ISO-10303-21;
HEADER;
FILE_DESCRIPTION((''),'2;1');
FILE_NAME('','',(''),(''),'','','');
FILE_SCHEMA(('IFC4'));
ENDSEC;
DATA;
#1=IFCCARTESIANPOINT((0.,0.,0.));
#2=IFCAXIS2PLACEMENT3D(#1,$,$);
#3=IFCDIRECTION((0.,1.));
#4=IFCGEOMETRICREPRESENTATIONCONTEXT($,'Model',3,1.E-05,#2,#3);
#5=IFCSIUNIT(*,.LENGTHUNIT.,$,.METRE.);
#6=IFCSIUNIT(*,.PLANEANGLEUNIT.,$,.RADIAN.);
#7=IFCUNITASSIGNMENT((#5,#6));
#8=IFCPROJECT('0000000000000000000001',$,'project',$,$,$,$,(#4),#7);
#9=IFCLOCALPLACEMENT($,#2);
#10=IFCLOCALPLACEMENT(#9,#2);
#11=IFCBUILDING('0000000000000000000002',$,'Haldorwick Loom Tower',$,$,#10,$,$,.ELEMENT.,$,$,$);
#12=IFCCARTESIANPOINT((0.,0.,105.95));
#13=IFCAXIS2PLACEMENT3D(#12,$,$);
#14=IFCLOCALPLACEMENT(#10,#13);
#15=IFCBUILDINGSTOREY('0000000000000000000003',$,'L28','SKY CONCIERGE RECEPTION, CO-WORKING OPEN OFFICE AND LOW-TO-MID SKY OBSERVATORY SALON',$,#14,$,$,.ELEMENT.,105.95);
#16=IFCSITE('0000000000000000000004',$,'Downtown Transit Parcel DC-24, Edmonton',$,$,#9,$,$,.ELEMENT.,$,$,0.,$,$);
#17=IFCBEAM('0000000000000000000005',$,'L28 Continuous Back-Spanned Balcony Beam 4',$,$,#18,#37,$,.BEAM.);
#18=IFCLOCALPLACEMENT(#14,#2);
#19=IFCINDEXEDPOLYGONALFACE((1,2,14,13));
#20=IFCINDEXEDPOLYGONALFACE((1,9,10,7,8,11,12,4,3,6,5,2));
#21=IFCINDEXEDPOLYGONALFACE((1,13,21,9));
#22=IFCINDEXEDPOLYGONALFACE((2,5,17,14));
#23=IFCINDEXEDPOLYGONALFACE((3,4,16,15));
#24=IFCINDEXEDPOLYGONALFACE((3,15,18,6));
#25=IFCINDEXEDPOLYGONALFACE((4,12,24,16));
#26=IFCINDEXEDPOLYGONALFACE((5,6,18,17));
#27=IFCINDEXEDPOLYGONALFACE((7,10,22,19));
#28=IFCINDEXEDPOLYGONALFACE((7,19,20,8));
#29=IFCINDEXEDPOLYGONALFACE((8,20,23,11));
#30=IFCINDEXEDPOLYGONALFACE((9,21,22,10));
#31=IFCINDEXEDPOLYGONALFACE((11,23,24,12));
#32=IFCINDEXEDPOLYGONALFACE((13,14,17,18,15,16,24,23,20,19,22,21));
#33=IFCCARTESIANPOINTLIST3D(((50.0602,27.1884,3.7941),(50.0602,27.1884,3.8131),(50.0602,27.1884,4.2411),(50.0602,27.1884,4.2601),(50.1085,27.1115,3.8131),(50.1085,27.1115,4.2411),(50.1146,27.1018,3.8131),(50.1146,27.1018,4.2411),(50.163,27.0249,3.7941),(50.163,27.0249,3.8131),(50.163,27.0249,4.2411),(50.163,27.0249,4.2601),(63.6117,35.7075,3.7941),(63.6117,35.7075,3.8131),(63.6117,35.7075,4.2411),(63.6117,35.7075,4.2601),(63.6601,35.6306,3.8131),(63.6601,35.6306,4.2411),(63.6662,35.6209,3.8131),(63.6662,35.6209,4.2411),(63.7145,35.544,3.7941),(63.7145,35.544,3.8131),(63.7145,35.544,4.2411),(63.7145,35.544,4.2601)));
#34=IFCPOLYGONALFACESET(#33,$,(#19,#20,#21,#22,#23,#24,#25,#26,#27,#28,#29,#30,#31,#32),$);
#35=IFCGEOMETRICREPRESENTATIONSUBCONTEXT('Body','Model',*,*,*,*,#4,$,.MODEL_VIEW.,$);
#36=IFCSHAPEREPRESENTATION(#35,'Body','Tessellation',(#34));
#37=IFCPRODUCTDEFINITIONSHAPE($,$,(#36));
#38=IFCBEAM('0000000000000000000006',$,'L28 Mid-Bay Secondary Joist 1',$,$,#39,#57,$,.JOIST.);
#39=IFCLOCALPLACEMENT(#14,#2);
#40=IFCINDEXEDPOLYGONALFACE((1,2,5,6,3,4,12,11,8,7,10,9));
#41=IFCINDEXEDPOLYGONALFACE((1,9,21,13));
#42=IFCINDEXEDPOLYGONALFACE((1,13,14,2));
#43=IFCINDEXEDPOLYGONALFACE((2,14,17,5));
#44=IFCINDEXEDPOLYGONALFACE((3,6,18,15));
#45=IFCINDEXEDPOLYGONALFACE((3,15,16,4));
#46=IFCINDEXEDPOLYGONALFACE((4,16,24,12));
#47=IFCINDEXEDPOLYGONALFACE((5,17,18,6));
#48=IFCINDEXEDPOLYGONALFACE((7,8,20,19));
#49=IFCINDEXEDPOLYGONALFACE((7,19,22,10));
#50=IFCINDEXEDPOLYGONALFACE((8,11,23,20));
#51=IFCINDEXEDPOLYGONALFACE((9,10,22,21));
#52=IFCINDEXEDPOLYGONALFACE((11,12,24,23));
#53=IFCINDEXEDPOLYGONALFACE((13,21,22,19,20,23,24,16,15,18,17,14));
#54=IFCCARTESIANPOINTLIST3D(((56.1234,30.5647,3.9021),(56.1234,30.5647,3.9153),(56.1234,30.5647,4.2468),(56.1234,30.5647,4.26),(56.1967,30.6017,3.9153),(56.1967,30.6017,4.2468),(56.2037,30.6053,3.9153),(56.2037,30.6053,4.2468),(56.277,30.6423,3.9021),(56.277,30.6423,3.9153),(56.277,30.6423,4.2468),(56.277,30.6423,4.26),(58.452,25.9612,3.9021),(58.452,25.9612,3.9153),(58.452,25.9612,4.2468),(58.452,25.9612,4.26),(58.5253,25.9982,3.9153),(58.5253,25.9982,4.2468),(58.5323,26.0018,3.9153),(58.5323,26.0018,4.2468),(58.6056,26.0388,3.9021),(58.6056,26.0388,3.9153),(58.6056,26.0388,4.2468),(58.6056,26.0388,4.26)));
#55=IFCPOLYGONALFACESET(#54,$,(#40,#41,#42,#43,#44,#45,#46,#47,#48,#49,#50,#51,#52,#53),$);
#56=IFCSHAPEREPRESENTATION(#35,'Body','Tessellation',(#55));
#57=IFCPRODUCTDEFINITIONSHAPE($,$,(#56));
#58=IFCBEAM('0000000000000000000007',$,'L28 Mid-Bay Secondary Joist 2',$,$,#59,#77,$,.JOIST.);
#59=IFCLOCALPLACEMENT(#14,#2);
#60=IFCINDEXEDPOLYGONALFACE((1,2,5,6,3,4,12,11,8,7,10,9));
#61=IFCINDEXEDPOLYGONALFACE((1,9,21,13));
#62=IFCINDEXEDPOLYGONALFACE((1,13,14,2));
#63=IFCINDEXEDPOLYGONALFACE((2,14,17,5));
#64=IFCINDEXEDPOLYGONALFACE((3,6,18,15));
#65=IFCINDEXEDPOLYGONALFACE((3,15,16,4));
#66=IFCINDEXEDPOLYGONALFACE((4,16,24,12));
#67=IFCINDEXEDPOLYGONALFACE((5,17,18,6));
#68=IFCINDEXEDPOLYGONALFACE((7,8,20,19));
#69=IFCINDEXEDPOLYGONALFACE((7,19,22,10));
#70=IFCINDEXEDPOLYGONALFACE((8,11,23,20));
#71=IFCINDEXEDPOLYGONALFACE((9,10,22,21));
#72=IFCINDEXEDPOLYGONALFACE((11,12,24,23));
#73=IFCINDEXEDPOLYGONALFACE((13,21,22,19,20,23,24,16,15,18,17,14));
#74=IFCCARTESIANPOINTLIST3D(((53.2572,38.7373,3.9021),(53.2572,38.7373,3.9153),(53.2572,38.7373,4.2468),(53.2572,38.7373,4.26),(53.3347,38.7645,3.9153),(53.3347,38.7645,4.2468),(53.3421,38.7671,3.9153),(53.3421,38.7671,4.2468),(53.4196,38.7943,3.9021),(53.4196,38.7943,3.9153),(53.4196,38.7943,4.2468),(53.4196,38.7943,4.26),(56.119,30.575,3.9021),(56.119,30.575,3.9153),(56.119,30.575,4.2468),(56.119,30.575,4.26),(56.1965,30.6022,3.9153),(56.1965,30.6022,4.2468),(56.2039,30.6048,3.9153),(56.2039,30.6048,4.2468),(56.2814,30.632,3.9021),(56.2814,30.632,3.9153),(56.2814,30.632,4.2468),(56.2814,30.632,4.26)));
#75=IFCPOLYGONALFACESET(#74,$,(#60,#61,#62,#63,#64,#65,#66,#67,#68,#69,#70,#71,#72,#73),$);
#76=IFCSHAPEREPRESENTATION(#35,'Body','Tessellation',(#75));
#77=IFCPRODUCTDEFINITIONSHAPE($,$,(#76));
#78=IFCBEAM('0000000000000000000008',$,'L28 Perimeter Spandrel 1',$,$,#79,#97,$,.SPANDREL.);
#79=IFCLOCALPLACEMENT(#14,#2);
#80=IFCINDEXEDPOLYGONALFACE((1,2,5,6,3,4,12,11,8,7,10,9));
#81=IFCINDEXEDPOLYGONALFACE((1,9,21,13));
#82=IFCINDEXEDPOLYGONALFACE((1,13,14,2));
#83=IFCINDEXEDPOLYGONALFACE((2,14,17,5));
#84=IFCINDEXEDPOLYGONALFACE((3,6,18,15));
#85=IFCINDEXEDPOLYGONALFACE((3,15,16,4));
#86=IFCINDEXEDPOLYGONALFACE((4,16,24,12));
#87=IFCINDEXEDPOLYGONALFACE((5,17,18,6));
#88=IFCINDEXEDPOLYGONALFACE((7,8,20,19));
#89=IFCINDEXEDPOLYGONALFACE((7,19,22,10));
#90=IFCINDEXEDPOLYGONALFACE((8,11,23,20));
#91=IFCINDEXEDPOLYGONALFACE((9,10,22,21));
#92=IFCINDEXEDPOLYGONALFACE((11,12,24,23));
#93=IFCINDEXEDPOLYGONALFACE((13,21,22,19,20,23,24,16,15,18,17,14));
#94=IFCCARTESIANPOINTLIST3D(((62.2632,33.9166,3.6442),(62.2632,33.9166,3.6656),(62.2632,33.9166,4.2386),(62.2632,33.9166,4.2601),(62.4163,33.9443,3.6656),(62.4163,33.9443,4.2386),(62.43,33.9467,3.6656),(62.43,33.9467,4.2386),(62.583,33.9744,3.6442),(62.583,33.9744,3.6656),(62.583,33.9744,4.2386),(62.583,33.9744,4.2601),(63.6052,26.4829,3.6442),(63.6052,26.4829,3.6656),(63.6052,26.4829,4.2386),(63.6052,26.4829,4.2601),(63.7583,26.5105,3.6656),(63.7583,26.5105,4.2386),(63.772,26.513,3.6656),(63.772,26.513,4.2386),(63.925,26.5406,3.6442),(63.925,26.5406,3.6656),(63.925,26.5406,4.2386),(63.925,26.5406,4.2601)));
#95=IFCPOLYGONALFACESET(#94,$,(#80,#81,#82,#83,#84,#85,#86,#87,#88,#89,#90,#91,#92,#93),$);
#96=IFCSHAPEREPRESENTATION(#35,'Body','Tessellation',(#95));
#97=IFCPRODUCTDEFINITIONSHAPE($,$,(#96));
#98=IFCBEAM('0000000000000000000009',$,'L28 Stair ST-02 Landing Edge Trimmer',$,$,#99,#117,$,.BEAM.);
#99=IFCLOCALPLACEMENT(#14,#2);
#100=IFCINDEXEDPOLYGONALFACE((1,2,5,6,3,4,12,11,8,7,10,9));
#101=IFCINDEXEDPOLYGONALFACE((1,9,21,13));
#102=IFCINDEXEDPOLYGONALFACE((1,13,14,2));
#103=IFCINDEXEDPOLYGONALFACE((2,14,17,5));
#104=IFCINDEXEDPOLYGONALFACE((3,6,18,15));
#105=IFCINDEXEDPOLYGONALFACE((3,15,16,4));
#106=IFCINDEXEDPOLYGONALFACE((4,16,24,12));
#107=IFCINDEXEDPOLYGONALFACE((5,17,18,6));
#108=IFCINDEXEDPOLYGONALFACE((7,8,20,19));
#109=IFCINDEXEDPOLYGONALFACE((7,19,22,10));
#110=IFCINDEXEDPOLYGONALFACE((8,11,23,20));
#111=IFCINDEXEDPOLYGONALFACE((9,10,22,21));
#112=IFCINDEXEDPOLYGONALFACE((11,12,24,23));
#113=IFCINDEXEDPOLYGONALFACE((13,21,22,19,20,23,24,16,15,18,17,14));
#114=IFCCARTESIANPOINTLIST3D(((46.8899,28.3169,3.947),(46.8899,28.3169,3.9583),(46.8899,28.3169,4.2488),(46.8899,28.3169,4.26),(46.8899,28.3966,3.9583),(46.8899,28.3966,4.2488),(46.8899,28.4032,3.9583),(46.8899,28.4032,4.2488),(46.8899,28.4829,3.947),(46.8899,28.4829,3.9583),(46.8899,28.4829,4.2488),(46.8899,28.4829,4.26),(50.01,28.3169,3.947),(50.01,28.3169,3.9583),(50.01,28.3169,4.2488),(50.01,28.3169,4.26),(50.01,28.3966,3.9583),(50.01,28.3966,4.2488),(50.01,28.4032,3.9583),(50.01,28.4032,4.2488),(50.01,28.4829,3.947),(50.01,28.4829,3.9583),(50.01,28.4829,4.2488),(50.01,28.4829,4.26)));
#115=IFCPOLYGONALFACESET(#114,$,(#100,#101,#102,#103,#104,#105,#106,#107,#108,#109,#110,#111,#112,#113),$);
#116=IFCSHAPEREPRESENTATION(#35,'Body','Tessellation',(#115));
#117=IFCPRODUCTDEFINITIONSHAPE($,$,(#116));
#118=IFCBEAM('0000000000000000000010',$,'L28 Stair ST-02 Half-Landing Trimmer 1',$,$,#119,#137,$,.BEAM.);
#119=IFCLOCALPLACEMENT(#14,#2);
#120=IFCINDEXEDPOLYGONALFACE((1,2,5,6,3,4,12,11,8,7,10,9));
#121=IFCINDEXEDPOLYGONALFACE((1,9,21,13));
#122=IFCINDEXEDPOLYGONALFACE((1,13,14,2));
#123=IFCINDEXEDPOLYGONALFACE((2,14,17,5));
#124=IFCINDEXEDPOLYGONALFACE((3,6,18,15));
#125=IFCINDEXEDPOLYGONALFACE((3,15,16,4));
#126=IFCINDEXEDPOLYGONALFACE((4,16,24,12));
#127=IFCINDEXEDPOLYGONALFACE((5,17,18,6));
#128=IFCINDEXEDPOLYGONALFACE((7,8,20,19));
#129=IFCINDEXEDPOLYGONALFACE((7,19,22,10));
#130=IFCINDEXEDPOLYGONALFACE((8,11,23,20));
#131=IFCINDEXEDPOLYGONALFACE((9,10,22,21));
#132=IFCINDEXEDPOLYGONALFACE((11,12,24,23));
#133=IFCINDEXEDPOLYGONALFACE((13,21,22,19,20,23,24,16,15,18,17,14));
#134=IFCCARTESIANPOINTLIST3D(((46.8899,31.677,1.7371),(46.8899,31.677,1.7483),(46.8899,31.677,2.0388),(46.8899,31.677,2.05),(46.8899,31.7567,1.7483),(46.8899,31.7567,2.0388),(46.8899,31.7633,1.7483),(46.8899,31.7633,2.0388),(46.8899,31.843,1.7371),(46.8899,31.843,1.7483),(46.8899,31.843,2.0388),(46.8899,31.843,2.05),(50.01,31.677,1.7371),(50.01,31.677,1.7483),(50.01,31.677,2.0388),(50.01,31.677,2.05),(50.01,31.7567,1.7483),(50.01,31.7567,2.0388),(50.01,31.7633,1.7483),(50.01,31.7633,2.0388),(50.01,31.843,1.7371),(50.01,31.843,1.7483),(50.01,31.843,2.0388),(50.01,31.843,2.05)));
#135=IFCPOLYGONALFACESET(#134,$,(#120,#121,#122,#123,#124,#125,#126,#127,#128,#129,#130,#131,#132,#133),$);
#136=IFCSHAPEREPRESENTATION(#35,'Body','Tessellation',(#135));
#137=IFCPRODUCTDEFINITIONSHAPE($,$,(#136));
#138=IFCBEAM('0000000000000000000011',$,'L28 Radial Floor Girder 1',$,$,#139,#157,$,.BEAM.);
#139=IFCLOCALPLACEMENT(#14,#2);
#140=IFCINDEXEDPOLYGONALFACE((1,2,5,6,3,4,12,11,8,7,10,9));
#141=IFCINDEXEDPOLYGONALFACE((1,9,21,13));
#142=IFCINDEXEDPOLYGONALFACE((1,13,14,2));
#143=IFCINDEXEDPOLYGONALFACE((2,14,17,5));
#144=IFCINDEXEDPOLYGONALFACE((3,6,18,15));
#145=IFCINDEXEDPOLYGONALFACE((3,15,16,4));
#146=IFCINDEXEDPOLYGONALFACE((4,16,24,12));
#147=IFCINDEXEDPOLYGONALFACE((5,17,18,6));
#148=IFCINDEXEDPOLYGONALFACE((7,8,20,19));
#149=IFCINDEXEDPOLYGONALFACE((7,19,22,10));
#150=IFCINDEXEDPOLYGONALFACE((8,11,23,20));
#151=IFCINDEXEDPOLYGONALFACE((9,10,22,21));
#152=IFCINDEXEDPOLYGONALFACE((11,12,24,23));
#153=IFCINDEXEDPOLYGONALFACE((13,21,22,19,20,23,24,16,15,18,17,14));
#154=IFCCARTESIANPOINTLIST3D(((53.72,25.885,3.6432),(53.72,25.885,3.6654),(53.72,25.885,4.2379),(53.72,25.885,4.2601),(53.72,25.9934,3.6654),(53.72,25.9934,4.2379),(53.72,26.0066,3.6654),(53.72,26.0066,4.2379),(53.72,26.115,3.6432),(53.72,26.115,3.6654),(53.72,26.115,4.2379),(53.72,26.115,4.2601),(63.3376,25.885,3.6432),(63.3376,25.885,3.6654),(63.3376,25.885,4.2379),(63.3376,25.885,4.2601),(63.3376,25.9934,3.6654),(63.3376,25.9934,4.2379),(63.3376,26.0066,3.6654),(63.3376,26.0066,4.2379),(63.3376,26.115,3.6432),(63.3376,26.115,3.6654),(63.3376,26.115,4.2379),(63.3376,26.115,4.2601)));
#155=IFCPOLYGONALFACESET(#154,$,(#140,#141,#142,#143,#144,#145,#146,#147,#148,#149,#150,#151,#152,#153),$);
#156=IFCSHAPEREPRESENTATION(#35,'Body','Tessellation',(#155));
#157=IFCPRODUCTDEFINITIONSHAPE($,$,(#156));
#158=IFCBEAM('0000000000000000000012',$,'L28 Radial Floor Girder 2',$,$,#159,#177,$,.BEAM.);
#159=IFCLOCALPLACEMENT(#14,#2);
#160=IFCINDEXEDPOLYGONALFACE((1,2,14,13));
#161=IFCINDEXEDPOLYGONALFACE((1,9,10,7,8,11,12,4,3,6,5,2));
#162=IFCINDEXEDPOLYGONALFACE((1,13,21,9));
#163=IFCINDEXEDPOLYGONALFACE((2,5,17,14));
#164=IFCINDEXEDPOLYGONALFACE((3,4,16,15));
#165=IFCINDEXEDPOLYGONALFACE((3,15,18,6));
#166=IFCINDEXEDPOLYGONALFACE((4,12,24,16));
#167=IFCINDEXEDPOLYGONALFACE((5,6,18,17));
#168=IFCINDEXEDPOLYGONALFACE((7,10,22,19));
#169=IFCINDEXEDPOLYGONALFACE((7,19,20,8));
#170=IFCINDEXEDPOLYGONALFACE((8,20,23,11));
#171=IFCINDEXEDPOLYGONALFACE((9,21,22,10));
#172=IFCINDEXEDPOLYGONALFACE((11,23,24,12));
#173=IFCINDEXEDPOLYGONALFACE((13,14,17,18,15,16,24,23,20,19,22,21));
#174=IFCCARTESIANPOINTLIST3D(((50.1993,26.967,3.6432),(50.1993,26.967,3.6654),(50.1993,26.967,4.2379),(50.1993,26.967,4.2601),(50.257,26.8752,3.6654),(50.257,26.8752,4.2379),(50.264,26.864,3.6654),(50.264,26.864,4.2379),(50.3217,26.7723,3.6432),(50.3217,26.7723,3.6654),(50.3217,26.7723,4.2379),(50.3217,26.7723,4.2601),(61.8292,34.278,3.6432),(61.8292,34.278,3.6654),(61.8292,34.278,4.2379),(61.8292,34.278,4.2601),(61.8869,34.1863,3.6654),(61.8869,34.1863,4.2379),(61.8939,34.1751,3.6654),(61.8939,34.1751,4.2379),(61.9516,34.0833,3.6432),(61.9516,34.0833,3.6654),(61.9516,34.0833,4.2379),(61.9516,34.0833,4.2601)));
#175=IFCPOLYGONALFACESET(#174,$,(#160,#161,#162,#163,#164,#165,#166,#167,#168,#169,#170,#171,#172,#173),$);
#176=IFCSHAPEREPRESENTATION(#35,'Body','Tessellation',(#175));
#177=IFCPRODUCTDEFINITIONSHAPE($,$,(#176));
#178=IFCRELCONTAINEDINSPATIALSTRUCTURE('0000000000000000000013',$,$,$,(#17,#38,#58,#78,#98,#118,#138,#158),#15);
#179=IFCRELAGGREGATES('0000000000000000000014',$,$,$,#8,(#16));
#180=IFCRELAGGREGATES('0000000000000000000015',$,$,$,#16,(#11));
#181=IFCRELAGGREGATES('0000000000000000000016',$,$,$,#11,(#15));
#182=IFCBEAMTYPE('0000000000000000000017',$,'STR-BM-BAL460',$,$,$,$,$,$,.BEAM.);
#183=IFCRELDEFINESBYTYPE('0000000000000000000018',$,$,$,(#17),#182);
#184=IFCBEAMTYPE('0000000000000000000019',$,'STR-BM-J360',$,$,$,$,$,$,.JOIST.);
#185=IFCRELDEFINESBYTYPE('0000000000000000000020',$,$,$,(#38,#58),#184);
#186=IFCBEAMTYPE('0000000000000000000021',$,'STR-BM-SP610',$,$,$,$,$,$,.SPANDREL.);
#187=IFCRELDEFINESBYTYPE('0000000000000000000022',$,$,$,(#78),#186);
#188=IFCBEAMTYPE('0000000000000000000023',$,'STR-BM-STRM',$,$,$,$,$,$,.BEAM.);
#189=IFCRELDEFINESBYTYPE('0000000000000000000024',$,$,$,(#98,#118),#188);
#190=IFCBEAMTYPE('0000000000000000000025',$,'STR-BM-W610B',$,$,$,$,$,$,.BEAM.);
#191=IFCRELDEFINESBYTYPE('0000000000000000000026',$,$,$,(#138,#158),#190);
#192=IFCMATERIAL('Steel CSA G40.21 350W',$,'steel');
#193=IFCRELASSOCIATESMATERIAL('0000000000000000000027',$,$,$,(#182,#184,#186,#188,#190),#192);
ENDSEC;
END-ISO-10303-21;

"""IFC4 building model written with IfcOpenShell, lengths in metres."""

from ifc_helpers import new_model, si_unit, direction, frame, origin, origin_2d, place, context, subcontext, project, spatial, i_section, extrude, material, material_profile, profile_set, type_object, element, save


model = new_model("IFC4")

# Units and contexts
model_context = context("Model", 3, precision=1e-05, world=origin(), true_north=direction((0.0, 1.0)))
body_context = subcontext(model_context, "Body", "Model", "MODEL_VIEW")
ifc_project = project(units=[si_unit("LENGTHUNIT", "METRE"), si_unit("PLANEANGLEUNIT", "RADIAN")], contexts=[model_context])

# Site, building, storey
site_placement = place(None, origin())
site = spatial("IfcSite", under=ifc_project, at=site_placement, Name="Downtown Transit Parcel DC-24, Edmonton", CompositionType="ELEMENT", RefElevation=0.0)
building_placement = place(site_placement, origin())
building = spatial("IfcBuilding", under=site, at=building_placement, Name="Haldorwick Loom Tower", CompositionType="ELEMENT")
storey_placement = place(building_placement, frame((0.0, 0.0, 105.95)))
storey = spatial("IfcBuildingStorey", under=building, at=storey_placement, Name="L28", Description="SKY CONCIERGE RECEPTION, CO-WORKING OPEN OFFICE AND LOW-TO-MID SKY OBSERVATORY SALON", CompositionType="ELEMENT", Elevation=105.95)

# Beams
ifc_material_1 = material(Name="Steel CSA G40.21 350W", Category="steel")
ifc_material_profile_1 = material_profile(ifc_material_1, i_section(OverallWidth=0.1931, OverallDepth=0.4661, WebThickness=0.0115, FlangeThickness=0.019, at=origin_2d()), Name="W460X97", Category="steel")
ifc_profile_set_1 = profile_set([ifc_material_profile_1], Name="Steel CSA G40.21 350W")
beam_type_1 = type_object("IfcBeamType", Name="STR-BM-BAL460", PredefinedType="BEAM", material=ifc_profile_set_1)
beam_1_placement = place(storey_placement, frame((50.1116, 27.1067, 4.0271), z_axis=(0.84661, 0.532214, 0.0), x_axis=(-0.532214, 0.84661, 0.0)))
element("IfcBeam", 1, at=beam_1_placement, inside=storey, type_object=beam_type_1, Name="L28 Continuous Back-Spanned Balcony Beam 4", PredefinedType="BEAM", context=body_context, shape_type="SweptSolid", body=[
    extrude(i_section(OverallWidth=0.1931, OverallDepth=0.4661, WebThickness=0.0115, FlangeThickness=0.019, at=origin_2d()), origin(), (0.0, 0.0, 1.0), 16.0068),
])
ifc_material_profile_2 = material_profile(ifc_material_1, i_section(OverallWidth=0.1721, OverallDepth=0.3579, WebThickness=0.0078, FlangeThickness=0.0132, at=origin_2d()), Name="W360X57", Category="steel")
ifc_profile_set_2 = profile_set([ifc_material_profile_2], Name="Steel CSA G40.21 350W")
beam_type_2 = type_object("IfcBeamType", Name="STR-BM-J360", PredefinedType="JOIST", material=ifc_profile_set_2)
beam_2_placement = place(storey_placement, frame((58.5288, 26.0, 4.0811), z_axis=(-0.451373, 0.892335, 0.0), x_axis=(-0.892335, -0.451373, 0.0)))
element("IfcBeam", 2, at=beam_2_placement, inside=storey, type_object=beam_type_2, Name="L28 Mid-Bay Secondary Joist 1", PredefinedType="JOIST", context=body_context, shape_type="SweptSolid", body=[
    extrude(i_section(OverallWidth=0.1721, OverallDepth=0.3579, WebThickness=0.0078, FlangeThickness=0.0132, at=origin_2d()), origin(), (0.0, 0.0, 1.0), 5.1589),
])
beam_3_placement = place(storey_placement, frame((56.2002, 30.6035, 4.0811), z_axis=(-0.330865, 0.943678, 0.0), x_axis=(-0.943678, -0.330865, 0.0)))
element("IfcBeam", 3, at=beam_3_placement, inside=storey, type_object=beam_type_2, Name="L28 Mid-Bay Secondary Joist 2", PredefinedType="JOIST", context=body_context, shape_type="SweptSolid", body=[
    extrude(i_section(OverallWidth=0.1721, OverallDepth=0.3579, WebThickness=0.0078, FlangeThickness=0.0132, at=origin_2d()), origin(), (0.0, 0.0, 1.0), 8.6494),
])
ifc_material_profile_3 = material_profile(ifc_material_1, i_section(OverallWidth=0.325, OverallDepth=0.616, WebThickness=0.0139, FlangeThickness=0.0215, at=origin_2d()), Name="W610X174", Category="steel")
ifc_profile_set_3 = profile_set([ifc_material_profile_3], Name="Steel CSA G40.21 350W")
beam_type_3 = type_object("IfcBeamType", Name="STR-BM-SP610", PredefinedType="SPANDREL", material=ifc_profile_set_3)
beam_4_placement = place(storey_placement, frame((63.7651, 26.5117, 3.9521), z_axis=(-0.177659, 0.984092, 0.0), x_axis=(-0.984092, -0.177659, 0.0)))
element("IfcBeam", 4, at=beam_4_placement, inside=storey, type_object=beam_type_3, Name="L28 Perimeter Spandrel 1", PredefinedType="SPANDREL", context=body_context, shape_type="SweptSolid", body=[
    extrude(i_section(OverallWidth=0.325, OverallDepth=0.616, WebThickness=0.0139, FlangeThickness=0.0215, at=origin_2d()), origin(), (0.0, 0.0, 1.0), 7.554),
])
ifc_material_profile_4 = material_profile(ifc_material_1, i_section(OverallWidth=0.166, OverallDepth=0.313, WebThickness=0.0066, FlangeThickness=0.0112, at=origin_2d()), Name="W310X45", Category="steel")
ifc_profile_set_4 = profile_set([ifc_material_profile_4], Name="Steel CSA G40.21 350W")
beam_type_4 = type_object("IfcBeamType", Name="STR-BM-STRM", PredefinedType="BEAM", material=ifc_profile_set_4)
for number, where, z_axis, x_axis, name in (
    (5, (46.8899, 28.3999, 4.1035), (1.0, 0.0, 0.0), (0.0, 1.0, 0.0), "L28 Stair ST-02 Landing Edge Trimmer"),
    (6, (46.8899, 31.76, 1.8936), (1.0, 0.0, 0.0), (0.0, 1.0, 0.0), "L28 Stair ST-02 Half-Landing Trimmer 1"),
):
    element("IfcBeam", number, at=place(storey_placement, frame(where, z_axis=z_axis, x_axis=x_axis)), inside=storey, type_object=beam_type_4, Name=name, PredefinedType="BEAM", context=body_context, shape_type="SweptSolid", body=[
        extrude(i_section(OverallWidth=0.166, OverallDepth=0.313, WebThickness=0.0066, FlangeThickness=0.0112, at=origin_2d()), origin(), (0.0, 0.0, 1.0), 3.1201),
    ])
ifc_material_profile_5 = material_profile(ifc_material_1, i_section(OverallWidth=0.23, OverallDepth=0.6169, WebThickness=0.0132, FlangeThickness=0.0222, at=origin_2d()), Name="W610X140", Category="steel")
ifc_profile_set_5 = profile_set([ifc_material_profile_5], Name="Steel CSA G40.21 350W")
beam_type_5 = type_object("IfcBeamType", Name="STR-BM-W610B", PredefinedType="BEAM", material=ifc_profile_set_5)
beam_5_placement = place(storey_placement, frame((53.72, 26.0, 3.9517), z_axis=(1.0, 0.0, 0.0), x_axis=(0.0, 1.0, 0.0)))
element("IfcBeam", 7, at=beam_5_placement, inside=storey, type_object=beam_type_5, Name="L28 Radial Floor Girder 1", PredefinedType="BEAM", context=body_context, shape_type="SweptSolid", body=[
    extrude(i_section(OverallWidth=0.23, OverallDepth=0.6169, WebThickness=0.0132, FlangeThickness=0.0222, at=origin_2d()), origin(), (0.0, 0.0, 1.0), 9.6177),
])
beam_6_placement = place(storey_placement, frame((50.2605, 26.8696, 3.9517), z_axis=(0.84661, 0.532214, 0.0), x_axis=(-0.532214, 0.84661, 0.0)))
element("IfcBeam", 8, at=beam_6_placement, inside=storey, type_object=beam_type_5, Name="L28 Radial Floor Girder 2", PredefinedType="BEAM", context=body_context, shape_type="SweptSolid", body=[
    extrude(i_section(OverallWidth=0.23, OverallDepth=0.6169, WebThickness=0.0132, FlangeThickness=0.0222, at=origin_2d()), origin(), (0.0, 0.0, 1.0), 13.7371),
])

save(model, "model.ifc")
